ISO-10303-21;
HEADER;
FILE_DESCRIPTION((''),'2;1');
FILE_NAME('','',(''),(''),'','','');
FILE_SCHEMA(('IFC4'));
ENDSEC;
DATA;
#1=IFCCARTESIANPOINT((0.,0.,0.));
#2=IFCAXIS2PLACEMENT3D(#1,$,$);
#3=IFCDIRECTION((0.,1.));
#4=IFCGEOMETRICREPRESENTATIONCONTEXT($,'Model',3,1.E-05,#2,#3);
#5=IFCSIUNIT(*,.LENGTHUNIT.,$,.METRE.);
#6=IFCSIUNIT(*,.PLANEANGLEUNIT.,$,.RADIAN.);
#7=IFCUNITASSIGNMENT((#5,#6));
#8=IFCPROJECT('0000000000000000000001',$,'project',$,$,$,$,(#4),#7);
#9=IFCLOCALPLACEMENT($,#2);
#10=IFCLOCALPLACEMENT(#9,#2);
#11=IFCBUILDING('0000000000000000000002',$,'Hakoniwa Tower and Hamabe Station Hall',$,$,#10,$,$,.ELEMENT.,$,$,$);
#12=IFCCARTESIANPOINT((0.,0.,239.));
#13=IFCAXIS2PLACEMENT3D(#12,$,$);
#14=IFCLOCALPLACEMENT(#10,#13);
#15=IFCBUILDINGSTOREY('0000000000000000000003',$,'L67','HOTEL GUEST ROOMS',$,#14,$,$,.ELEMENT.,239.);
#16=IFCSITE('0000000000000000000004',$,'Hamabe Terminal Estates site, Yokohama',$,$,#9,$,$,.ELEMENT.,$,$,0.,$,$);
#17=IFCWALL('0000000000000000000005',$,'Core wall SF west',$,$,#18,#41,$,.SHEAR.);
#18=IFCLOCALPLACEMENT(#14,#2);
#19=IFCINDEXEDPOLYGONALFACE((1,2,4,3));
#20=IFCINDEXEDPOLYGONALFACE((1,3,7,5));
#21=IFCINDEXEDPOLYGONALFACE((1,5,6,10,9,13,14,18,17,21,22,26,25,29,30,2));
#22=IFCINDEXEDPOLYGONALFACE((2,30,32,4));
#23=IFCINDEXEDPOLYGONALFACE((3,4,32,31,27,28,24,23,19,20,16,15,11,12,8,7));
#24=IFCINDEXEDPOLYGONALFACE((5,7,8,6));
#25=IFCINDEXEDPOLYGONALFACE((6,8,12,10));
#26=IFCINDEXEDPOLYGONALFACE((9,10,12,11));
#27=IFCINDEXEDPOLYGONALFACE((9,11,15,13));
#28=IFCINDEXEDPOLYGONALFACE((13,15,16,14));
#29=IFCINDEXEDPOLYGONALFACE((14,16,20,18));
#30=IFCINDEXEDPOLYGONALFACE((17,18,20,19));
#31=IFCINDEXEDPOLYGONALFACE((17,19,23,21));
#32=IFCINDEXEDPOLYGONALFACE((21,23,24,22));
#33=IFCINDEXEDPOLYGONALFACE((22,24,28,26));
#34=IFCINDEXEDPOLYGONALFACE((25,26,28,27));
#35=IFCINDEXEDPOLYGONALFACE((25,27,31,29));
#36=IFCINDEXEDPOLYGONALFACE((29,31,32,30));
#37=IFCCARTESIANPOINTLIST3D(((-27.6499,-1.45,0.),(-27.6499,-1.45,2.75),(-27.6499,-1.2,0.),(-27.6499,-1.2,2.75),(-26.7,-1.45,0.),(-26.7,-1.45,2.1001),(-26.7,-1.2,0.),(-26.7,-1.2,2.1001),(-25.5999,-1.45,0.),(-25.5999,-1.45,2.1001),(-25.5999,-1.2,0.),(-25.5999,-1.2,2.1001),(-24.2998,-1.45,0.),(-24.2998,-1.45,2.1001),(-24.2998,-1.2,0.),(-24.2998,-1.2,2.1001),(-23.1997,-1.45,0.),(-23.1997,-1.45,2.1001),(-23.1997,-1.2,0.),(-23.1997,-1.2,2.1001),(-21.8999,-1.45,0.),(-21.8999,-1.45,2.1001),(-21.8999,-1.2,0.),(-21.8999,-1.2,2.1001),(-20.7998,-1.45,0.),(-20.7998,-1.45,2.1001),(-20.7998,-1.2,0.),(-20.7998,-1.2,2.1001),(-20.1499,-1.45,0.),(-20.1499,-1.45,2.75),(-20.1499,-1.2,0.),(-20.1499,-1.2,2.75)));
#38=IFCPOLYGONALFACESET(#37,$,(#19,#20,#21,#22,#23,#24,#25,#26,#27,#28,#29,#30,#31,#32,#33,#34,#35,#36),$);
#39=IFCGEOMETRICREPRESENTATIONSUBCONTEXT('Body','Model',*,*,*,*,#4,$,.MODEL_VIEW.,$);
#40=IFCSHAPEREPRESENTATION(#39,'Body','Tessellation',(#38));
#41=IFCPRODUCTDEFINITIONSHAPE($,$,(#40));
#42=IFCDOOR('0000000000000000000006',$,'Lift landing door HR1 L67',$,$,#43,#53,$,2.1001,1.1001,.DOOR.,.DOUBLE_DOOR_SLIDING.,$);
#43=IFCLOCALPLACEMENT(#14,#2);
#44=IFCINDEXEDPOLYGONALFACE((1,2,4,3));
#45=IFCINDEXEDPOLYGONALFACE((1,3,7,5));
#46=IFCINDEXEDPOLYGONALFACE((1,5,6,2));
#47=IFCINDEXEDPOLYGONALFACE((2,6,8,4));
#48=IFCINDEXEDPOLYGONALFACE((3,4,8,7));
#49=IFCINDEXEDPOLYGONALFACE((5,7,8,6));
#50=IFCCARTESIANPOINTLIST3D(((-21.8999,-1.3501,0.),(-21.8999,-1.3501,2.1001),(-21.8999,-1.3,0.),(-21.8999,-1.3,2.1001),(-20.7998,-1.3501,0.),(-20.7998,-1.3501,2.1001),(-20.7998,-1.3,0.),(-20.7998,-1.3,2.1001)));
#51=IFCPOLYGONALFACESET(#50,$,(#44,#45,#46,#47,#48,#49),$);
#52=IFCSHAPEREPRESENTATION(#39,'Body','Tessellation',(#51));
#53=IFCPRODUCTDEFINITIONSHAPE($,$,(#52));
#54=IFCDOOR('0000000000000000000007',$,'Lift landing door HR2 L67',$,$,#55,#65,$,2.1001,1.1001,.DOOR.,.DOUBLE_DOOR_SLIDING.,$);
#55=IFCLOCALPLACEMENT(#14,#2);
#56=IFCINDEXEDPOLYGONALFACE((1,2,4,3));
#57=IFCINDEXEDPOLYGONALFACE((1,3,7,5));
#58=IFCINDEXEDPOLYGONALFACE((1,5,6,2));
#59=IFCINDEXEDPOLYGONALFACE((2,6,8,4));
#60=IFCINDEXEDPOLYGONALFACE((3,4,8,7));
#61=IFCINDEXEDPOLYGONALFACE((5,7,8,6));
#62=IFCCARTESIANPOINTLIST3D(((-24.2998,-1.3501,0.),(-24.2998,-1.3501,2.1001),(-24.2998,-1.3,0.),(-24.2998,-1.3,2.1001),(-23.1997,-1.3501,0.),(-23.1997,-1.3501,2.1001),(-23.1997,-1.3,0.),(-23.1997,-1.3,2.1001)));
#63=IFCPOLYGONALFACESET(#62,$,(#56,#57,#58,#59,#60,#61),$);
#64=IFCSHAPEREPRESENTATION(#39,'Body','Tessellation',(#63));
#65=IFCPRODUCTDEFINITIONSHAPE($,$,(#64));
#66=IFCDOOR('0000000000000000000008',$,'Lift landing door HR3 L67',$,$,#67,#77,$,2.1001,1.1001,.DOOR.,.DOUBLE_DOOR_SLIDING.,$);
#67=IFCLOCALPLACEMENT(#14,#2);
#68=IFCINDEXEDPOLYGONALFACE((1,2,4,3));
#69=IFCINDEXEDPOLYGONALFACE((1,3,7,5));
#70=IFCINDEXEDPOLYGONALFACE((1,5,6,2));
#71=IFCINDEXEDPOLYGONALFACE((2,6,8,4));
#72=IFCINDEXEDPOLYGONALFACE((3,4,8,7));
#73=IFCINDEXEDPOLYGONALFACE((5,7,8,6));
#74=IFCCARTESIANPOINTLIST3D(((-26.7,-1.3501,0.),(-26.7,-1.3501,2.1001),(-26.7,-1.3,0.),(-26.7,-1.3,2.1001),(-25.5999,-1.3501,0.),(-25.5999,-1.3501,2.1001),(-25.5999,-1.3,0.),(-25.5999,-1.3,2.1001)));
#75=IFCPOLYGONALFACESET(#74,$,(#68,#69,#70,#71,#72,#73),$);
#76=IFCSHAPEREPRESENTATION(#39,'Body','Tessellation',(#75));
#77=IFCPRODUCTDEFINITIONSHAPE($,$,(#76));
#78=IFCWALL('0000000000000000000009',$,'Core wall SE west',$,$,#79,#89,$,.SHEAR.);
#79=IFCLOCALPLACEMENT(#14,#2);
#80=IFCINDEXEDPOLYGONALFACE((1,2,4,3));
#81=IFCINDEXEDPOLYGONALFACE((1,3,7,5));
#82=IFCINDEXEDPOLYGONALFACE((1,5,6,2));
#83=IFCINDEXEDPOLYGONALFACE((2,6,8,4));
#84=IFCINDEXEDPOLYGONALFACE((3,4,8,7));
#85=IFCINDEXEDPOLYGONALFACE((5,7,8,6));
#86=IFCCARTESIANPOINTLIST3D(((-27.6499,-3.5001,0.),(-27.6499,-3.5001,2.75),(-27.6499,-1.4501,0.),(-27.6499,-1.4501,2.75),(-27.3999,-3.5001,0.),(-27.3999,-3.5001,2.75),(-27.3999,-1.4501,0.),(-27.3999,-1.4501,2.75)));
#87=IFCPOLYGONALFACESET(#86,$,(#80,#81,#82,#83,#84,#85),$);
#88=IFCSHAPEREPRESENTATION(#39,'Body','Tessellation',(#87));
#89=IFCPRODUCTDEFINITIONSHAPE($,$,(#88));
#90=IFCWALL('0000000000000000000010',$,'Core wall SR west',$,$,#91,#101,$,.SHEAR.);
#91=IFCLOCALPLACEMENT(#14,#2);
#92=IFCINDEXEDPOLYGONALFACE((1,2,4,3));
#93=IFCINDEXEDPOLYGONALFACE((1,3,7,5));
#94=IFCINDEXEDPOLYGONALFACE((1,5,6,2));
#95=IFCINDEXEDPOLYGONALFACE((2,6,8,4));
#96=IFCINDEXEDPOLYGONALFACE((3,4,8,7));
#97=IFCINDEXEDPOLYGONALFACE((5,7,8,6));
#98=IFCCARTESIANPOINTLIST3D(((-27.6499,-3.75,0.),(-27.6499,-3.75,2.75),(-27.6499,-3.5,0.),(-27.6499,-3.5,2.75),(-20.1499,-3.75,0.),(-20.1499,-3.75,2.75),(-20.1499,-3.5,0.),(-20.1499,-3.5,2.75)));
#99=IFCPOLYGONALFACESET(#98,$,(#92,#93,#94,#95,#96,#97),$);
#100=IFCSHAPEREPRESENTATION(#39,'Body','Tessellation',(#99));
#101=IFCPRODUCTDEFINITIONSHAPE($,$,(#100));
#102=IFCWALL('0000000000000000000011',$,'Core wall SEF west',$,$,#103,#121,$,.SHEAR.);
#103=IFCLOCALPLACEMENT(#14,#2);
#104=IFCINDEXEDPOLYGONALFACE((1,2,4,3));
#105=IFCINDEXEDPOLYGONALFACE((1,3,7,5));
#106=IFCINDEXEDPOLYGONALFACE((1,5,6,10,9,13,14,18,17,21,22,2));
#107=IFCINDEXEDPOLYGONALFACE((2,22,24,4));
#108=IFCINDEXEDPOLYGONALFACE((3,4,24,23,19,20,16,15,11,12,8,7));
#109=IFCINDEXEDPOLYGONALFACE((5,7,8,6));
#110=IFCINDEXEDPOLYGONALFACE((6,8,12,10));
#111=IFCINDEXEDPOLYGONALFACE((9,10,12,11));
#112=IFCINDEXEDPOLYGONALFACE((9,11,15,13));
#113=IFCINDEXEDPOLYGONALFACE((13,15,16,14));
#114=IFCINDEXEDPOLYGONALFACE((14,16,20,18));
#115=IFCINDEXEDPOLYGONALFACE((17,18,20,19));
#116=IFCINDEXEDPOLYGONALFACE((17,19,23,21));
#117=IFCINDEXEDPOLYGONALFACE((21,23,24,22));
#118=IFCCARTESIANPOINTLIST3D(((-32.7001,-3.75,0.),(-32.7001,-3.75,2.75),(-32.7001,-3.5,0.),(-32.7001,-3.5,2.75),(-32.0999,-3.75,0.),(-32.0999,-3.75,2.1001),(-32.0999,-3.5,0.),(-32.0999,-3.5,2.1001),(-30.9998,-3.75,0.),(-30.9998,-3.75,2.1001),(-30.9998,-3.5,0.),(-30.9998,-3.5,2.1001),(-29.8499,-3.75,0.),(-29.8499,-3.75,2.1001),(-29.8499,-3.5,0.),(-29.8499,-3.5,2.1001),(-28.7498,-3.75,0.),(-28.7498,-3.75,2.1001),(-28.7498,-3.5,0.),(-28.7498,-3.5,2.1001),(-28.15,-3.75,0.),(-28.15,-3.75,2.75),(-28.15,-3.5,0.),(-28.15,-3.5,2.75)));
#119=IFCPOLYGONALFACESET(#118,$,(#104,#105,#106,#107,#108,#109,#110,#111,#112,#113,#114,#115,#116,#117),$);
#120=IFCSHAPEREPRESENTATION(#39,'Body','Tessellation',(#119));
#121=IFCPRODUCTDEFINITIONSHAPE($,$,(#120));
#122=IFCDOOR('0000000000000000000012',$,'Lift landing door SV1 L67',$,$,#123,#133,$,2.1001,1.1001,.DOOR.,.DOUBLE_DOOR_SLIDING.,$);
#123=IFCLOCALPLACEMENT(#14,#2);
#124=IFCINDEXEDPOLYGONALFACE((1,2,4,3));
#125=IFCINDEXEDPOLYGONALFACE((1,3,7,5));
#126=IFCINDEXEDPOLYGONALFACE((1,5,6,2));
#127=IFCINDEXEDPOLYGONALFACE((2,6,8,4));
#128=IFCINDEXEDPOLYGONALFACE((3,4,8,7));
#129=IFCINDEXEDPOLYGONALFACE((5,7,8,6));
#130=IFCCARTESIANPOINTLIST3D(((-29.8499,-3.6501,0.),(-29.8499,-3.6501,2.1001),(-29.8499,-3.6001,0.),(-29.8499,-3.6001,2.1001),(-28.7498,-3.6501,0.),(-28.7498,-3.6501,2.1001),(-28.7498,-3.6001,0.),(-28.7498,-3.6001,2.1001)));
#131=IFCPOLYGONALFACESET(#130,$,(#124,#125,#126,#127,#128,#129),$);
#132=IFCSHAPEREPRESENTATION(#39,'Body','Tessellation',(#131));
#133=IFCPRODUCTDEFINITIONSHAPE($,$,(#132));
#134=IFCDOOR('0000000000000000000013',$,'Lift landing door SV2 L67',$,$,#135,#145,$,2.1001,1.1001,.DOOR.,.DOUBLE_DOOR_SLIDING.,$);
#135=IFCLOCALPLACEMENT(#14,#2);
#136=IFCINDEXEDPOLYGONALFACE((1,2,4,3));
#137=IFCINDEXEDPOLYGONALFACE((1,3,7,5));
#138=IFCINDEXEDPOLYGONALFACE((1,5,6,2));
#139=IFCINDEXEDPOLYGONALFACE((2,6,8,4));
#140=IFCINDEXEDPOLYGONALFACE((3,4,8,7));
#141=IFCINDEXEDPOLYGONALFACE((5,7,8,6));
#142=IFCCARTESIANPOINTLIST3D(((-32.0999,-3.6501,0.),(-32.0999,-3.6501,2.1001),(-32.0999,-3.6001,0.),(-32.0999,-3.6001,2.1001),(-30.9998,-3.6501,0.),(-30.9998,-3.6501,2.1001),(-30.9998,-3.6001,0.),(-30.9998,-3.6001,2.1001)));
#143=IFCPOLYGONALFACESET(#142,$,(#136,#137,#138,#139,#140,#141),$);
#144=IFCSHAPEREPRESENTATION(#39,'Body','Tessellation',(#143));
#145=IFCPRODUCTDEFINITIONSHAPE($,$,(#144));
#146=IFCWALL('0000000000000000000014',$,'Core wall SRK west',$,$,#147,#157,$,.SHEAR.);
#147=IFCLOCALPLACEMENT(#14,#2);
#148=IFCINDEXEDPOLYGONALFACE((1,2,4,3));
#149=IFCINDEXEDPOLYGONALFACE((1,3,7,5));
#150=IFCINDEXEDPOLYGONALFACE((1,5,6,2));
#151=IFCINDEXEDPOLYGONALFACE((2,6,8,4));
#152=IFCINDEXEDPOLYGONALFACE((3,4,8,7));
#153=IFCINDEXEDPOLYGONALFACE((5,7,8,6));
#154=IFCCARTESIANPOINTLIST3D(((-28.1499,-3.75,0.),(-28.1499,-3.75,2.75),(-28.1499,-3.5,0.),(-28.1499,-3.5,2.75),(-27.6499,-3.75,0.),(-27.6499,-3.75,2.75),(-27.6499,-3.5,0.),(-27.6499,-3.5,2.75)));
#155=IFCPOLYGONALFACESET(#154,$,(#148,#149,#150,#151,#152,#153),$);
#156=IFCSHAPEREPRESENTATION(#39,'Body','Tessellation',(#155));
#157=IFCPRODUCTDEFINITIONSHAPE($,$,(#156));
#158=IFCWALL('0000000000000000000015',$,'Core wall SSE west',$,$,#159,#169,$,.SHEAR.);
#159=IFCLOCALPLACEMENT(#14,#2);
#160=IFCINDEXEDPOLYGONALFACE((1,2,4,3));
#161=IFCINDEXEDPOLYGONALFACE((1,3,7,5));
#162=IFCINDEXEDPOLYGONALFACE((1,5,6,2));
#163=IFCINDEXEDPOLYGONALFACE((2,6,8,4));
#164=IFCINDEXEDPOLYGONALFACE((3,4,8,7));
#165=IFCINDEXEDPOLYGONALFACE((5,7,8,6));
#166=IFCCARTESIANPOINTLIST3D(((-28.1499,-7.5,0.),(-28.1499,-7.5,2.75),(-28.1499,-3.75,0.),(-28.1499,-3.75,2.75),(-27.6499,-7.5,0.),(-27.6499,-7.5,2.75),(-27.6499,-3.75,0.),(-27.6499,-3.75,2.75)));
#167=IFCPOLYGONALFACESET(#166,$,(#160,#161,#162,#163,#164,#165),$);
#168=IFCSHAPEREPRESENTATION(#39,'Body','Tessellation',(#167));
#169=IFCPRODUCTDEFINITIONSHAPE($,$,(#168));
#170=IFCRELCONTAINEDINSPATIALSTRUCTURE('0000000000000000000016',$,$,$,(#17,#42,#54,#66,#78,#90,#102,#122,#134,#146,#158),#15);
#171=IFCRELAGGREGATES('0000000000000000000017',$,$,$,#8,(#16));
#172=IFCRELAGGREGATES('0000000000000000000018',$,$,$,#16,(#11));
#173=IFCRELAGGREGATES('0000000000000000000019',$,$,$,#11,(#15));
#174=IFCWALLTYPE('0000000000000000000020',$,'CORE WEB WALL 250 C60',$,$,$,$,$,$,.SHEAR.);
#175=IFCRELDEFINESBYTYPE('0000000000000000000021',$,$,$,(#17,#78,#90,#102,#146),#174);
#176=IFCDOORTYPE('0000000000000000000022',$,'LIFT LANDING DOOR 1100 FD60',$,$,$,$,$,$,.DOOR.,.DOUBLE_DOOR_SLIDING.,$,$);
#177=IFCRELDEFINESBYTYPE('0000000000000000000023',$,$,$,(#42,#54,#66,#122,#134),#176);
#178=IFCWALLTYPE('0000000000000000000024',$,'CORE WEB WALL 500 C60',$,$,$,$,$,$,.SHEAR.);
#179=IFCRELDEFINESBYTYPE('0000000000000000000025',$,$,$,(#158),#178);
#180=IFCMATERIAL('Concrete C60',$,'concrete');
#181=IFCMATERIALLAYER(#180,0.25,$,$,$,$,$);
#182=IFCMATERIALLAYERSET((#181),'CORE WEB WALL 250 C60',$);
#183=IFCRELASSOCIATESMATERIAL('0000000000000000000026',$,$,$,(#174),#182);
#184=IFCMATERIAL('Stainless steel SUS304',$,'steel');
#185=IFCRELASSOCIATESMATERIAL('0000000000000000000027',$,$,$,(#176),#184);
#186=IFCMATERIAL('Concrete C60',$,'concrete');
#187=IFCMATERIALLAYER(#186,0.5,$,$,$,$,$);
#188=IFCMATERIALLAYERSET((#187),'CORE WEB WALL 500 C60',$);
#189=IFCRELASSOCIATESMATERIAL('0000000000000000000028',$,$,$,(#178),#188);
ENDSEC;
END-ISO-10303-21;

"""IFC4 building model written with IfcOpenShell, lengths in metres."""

from ifc_helpers import new_model, si_unit, direction, frame, frame_2d, origin, place, context, subcontext, project, spatial, rectangle, extrude, material, layer, layer_set, type_object, element, fill, save


model = new_model("IFC4")

# Units and contexts
model_context = context("Model", 3, precision=1e-05, world=origin(), true_north=direction((0.0, 1.0)))
body_context = subcontext(model_context, "Body", "Model", "MODEL_VIEW")
ifc_project = project(units=[si_unit("LENGTHUNIT", "METRE"), si_unit("PLANEANGLEUNIT", "RADIAN")], contexts=[model_context])

# Site, building, storey
site_placement = place(None, origin())
site = spatial("IfcSite", under=ifc_project, at=site_placement, Name="Hamabe Terminal Estates site, Yokohama", CompositionType="ELEMENT", RefElevation=0.0)
building_placement = place(site_placement, origin())
building = spatial("IfcBuilding", under=site, at=building_placement, Name="Hakoniwa Tower and Hamabe Station Hall", CompositionType="ELEMENT")
storey_placement = place(building_placement, frame((0.0, 0.0, 239.0)))
storey = spatial("IfcBuildingStorey", under=building, at=storey_placement, Name="L67", Description="HOTEL GUEST ROOMS", CompositionType="ELEMENT", Elevation=239.0)

# Wall, openings, doors
ifc_material_1 = material(Name="Concrete C60", Category="concrete")
ifc_layer_1 = layer(ifc_material_1, 0.25)
ifc_layer_set_1 = layer_set([ifc_layer_1], Name="CORE WEB WALL 250 C60")
wall_type_1 = type_object("IfcWallType", Name="CORE WEB WALL 250 C60", PredefinedType="SHEAR", material=ifc_layer_set_1)
wall_1_placement = place(storey_placement, frame((-27.6499, -1.325, 0.0), z_axis=(0.0, 0.0, 1.0), x_axis=(1.0, 0.0, 0.0)))
wall_1 = element("IfcWall", 1, at=wall_1_placement, inside=storey, type_object=wall_type_1, Name="Core wall SF west", PredefinedType="SHEAR", context=body_context, shape_type="SweptSolid", body=[
    extrude(rectangle(XDim=7.5, YDim=0.25, at=frame_2d((3.75, 0.0))), origin(), (0.0, 0.0, 1.0), 2.75),
])
opening_1_placement = place(wall_1_placement, frame((5.75, 0.0, 0.0)))
opening_1 = element("IfcOpeningElement", 2, at=opening_1_placement, cuts=wall_1, PredefinedType="OPENING", context=body_context, shape_type="SweptSolid", body=[
    extrude(rectangle(XDim=1.1001, YDim=2.1001, at=frame_2d((0.55, 1.05))), frame((0.0, 0.135, 0.0), z_axis=(0.0, -1.0, 0.0), x_axis=(1.0, 0.0, 0.0)), (0.0, 0.0, 1.0), 0.27),
])
opening_2_placement = place(wall_1_placement, frame((3.3501, 0.0, 0.0)))
opening_2 = element("IfcOpeningElement", 3, at=opening_2_placement, cuts=wall_1, PredefinedType="OPENING", context=body_context, shape_type="SweptSolid", body=[
    extrude(rectangle(XDim=1.1001, YDim=2.1001, at=frame_2d((0.55, 1.05))), frame((0.0, 0.135, 0.0), z_axis=(0.0, -1.0, 0.0), x_axis=(1.0, 0.0, 0.0)), (0.0, 0.0, 1.0), 0.27),
])
opening_3_placement = place(wall_1_placement, frame((0.95, 0.0, 0.0)))
opening_3 = element("IfcOpeningElement", 4, at=opening_3_placement, cuts=wall_1, PredefinedType="OPENING", context=body_context, shape_type="SweptSolid", body=[
    extrude(rectangle(XDim=1.1001, YDim=2.1001, at=frame_2d((0.55, 1.05))), frame((0.0, 0.135, 0.0), z_axis=(0.0, -1.0, 0.0), x_axis=(1.0, 0.0, 0.0)), (0.0, 0.0, 1.0), 0.27),
])
ifc_material_2 = material(Name="Stainless steel SUS304", Category="steel")
door_type_1 = type_object("IfcDoorType", Name="LIFT LANDING DOOR 1100 FD60", OperationType="DOUBLE_DOOR_SLIDING", PredefinedType="DOOR", material=ifc_material_2)
door_1_placement = place(opening_1_placement, origin())
door_1 = element("IfcDoor", 5, at=door_1_placement, inside=storey, type_object=door_type_1, Name="Lift landing door HR1 L67", OperationType="DOUBLE_DOOR_SLIDING", OverallHeight=2.1001, OverallWidth=1.1001, PredefinedType="DOOR", context=body_context, shape_type="SweptSolid", body=[
    extrude(rectangle(XDim=1.1001, YDim=2.1001, at=frame_2d((0.55, 1.05))), frame((0.0, 0.0249, 0.0), z_axis=(0.0, -1.0, 0.0), x_axis=(1.0, 0.0, 0.0)), (0.0, 0.0, 1.0), 0.05),
])
fill(opening_1, door_1)
door_2_placement = place(opening_2_placement, origin())
door_2 = element("IfcDoor", 6, at=door_2_placement, inside=storey, type_object=door_type_1, Name="Lift landing door HR2 L67", OperationType="DOUBLE_DOOR_SLIDING", OverallHeight=2.1001, OverallWidth=1.1001, PredefinedType="DOOR", context=body_context, shape_type="SweptSolid", body=[
    extrude(rectangle(XDim=1.1001, YDim=2.1001, at=frame_2d((0.55, 1.05))), frame((0.0, 0.0249, 0.0), z_axis=(0.0, -1.0, 0.0), x_axis=(1.0, 0.0, 0.0)), (0.0, 0.0, 1.0), 0.05),
])
fill(opening_2, door_2)
door_3_placement = place(opening_3_placement, origin())
door_3 = element("IfcDoor", 7, at=door_3_placement, inside=storey, type_object=door_type_1, Name="Lift landing door HR3 L67", OperationType="DOUBLE_DOOR_SLIDING", OverallHeight=2.1001, OverallWidth=1.1001, PredefinedType="DOOR", context=body_context, shape_type="SweptSolid", body=[
    extrude(rectangle(XDim=1.1001, YDim=2.1001, at=frame_2d((0.55, 1.05))), frame((0.0, 0.0249, 0.0), z_axis=(0.0, -1.0, 0.0), x_axis=(1.0, 0.0, 0.0)), (0.0, 0.0, 1.0), 0.05),
])
fill(opening_3, door_3)

# Walls
wall_2_placement = place(storey_placement, frame((-27.5249, -3.5, 0.0), z_axis=(0.0, 0.0, 1.0), x_axis=(0.0, 1.0, 0.0)))
element("IfcWall", 8, at=wall_2_placement, inside=storey, type_object=wall_type_1, Name="Core wall SE west", PredefinedType="SHEAR", context=body_context, shape_type="SweptSolid", body=[
    extrude(rectangle(XDim=2.05, YDim=0.25, at=frame_2d((1.0249, 0.0))), origin(), (0.0, 0.0, 1.0), 2.75),
])
wall_3_placement = place(storey_placement, frame((-27.6499, -3.625, 0.0), z_axis=(0.0, 0.0, 1.0), x_axis=(1.0, 0.0, 0.0)))
element("IfcWall", 9, at=wall_3_placement, inside=storey, type_object=wall_type_1, Name="Core wall SR west", PredefinedType="SHEAR", context=body_context, shape_type="SweptSolid", body=[
    extrude(rectangle(XDim=7.5, YDim=0.25, at=frame_2d((3.75, 0.0))), origin(), (0.0, 0.0, 1.0), 2.75),
])

# Wall, openings, doors
wall_4_placement = place(storey_placement, frame((-32.7, -3.625, 0.0), z_axis=(0.0, 0.0, 1.0), x_axis=(1.0, 0.0, 0.0)))
wall_4 = element("IfcWall", 10, at=wall_4_placement, inside=storey, type_object=wall_type_1, Name="Core wall SEF west", PredefinedType="SHEAR", context=body_context, shape_type="SweptSolid", body=[
    extrude(rectangle(XDim=4.55, YDim=0.25, at=frame_2d((2.2749, 0.0))), origin(), (0.0, 0.0, 1.0), 2.75),
])
opening_4_placement = place(wall_4_placement, frame((2.8501, 0.0, 0.0)))
opening_4 = element("IfcOpeningElement", 11, at=opening_4_placement, cuts=wall_4, PredefinedType="OPENING", context=body_context, shape_type="SweptSolid", body=[
    extrude(rectangle(XDim=1.1001, YDim=2.1001, at=frame_2d((0.55, 1.05))), frame((0.0, 0.135, 0.0), z_axis=(0.0, -1.0, 0.0), x_axis=(1.0, 0.0, 0.0)), (0.0, 0.0, 1.0), 0.27),
])
opening_5_placement = place(wall_4_placement, frame((0.6001, 0.0, 0.0)))
opening_5 = element("IfcOpeningElement", 12, at=opening_5_placement, cuts=wall_4, PredefinedType="OPENING", context=body_context, shape_type="SweptSolid", body=[
    extrude(rectangle(XDim=1.1001, YDim=2.1001, at=frame_2d((0.55, 1.05))), frame((0.0, 0.135, 0.0), z_axis=(0.0, -1.0, 0.0), x_axis=(1.0, 0.0, 0.0)), (0.0, 0.0, 1.0), 0.27),
])
door_4_placement = place(opening_4_placement, origin())
door_4 = element("IfcDoor", 13, at=door_4_placement, inside=storey, type_object=door_type_1, Name="Lift landing door SV1 L67", OperationType="DOUBLE_DOOR_SLIDING", OverallHeight=2.1001, OverallWidth=1.1001, PredefinedType="DOOR", context=body_context, shape_type="SweptSolid", body=[
    extrude(rectangle(XDim=1.1001, YDim=2.1001, at=frame_2d((0.55, 1.05))), frame((0.0, 0.0249, 0.0), z_axis=(0.0, -1.0, 0.0), x_axis=(1.0, 0.0, 0.0)), (0.0, 0.0, 1.0), 0.05),
])
fill(opening_4, door_4)
door_5_placement = place(opening_5_placement, origin())
door_5 = element("IfcDoor", 14, at=door_5_placement, inside=storey, type_object=door_type_1, Name="Lift landing door SV2 L67", OperationType="DOUBLE_DOOR_SLIDING", OverallHeight=2.1001, OverallWidth=1.1001, PredefinedType="DOOR", context=body_context, shape_type="SweptSolid", body=[
    extrude(rectangle(XDim=1.1001, YDim=2.1001, at=frame_2d((0.55, 1.05))), frame((0.0, 0.0249, 0.0), z_axis=(0.0, -1.0, 0.0), x_axis=(1.0, 0.0, 0.0)), (0.0, 0.0, 1.0), 0.05),
])
fill(opening_5, door_5)

# Walls
wall_5_placement = place(storey_placement, frame((-28.1499, -3.625, 0.0), z_axis=(0.0, 0.0, 1.0), x_axis=(1.0, 0.0, 0.0)))
element("IfcWall", 15, at=wall_5_placement, inside=storey, type_object=wall_type_1, Name="Core wall SRK west", PredefinedType="SHEAR", context=body_context, shape_type="SweptSolid", body=[
    extrude(rectangle(XDim=0.5, YDim=0.25, at=frame_2d((0.25, 0.0))), origin(), (0.0, 0.0, 1.0), 2.75),
])
ifc_material_3 = material(Name="Concrete C60", Category="concrete")
ifc_layer_2 = layer(ifc_material_3, 0.5)
ifc_layer_set_2 = layer_set([ifc_layer_2], Name="CORE WEB WALL 500 C60")
wall_type_2 = type_object("IfcWallType", Name="CORE WEB WALL 500 C60", PredefinedType="SHEAR", material=ifc_layer_set_2)
wall_6_placement = place(storey_placement, frame((-27.8999, -7.5, 0.0), z_axis=(0.0, 0.0, 1.0), x_axis=(0.0, 1.0, 0.0)))
element("IfcWall", 16, at=wall_6_placement, inside=storey, type_object=wall_type_2, Name="Core wall SSE west", PredefinedType="SHEAR", context=body_context, shape_type="SweptSolid", body=[
    extrude(rectangle(XDim=3.75, YDim=0.5, at=frame_2d((1.875, 0.0))), origin(), (0.0, 0.0, 1.0), 2.75),
])

save(model, "model.ifc")
